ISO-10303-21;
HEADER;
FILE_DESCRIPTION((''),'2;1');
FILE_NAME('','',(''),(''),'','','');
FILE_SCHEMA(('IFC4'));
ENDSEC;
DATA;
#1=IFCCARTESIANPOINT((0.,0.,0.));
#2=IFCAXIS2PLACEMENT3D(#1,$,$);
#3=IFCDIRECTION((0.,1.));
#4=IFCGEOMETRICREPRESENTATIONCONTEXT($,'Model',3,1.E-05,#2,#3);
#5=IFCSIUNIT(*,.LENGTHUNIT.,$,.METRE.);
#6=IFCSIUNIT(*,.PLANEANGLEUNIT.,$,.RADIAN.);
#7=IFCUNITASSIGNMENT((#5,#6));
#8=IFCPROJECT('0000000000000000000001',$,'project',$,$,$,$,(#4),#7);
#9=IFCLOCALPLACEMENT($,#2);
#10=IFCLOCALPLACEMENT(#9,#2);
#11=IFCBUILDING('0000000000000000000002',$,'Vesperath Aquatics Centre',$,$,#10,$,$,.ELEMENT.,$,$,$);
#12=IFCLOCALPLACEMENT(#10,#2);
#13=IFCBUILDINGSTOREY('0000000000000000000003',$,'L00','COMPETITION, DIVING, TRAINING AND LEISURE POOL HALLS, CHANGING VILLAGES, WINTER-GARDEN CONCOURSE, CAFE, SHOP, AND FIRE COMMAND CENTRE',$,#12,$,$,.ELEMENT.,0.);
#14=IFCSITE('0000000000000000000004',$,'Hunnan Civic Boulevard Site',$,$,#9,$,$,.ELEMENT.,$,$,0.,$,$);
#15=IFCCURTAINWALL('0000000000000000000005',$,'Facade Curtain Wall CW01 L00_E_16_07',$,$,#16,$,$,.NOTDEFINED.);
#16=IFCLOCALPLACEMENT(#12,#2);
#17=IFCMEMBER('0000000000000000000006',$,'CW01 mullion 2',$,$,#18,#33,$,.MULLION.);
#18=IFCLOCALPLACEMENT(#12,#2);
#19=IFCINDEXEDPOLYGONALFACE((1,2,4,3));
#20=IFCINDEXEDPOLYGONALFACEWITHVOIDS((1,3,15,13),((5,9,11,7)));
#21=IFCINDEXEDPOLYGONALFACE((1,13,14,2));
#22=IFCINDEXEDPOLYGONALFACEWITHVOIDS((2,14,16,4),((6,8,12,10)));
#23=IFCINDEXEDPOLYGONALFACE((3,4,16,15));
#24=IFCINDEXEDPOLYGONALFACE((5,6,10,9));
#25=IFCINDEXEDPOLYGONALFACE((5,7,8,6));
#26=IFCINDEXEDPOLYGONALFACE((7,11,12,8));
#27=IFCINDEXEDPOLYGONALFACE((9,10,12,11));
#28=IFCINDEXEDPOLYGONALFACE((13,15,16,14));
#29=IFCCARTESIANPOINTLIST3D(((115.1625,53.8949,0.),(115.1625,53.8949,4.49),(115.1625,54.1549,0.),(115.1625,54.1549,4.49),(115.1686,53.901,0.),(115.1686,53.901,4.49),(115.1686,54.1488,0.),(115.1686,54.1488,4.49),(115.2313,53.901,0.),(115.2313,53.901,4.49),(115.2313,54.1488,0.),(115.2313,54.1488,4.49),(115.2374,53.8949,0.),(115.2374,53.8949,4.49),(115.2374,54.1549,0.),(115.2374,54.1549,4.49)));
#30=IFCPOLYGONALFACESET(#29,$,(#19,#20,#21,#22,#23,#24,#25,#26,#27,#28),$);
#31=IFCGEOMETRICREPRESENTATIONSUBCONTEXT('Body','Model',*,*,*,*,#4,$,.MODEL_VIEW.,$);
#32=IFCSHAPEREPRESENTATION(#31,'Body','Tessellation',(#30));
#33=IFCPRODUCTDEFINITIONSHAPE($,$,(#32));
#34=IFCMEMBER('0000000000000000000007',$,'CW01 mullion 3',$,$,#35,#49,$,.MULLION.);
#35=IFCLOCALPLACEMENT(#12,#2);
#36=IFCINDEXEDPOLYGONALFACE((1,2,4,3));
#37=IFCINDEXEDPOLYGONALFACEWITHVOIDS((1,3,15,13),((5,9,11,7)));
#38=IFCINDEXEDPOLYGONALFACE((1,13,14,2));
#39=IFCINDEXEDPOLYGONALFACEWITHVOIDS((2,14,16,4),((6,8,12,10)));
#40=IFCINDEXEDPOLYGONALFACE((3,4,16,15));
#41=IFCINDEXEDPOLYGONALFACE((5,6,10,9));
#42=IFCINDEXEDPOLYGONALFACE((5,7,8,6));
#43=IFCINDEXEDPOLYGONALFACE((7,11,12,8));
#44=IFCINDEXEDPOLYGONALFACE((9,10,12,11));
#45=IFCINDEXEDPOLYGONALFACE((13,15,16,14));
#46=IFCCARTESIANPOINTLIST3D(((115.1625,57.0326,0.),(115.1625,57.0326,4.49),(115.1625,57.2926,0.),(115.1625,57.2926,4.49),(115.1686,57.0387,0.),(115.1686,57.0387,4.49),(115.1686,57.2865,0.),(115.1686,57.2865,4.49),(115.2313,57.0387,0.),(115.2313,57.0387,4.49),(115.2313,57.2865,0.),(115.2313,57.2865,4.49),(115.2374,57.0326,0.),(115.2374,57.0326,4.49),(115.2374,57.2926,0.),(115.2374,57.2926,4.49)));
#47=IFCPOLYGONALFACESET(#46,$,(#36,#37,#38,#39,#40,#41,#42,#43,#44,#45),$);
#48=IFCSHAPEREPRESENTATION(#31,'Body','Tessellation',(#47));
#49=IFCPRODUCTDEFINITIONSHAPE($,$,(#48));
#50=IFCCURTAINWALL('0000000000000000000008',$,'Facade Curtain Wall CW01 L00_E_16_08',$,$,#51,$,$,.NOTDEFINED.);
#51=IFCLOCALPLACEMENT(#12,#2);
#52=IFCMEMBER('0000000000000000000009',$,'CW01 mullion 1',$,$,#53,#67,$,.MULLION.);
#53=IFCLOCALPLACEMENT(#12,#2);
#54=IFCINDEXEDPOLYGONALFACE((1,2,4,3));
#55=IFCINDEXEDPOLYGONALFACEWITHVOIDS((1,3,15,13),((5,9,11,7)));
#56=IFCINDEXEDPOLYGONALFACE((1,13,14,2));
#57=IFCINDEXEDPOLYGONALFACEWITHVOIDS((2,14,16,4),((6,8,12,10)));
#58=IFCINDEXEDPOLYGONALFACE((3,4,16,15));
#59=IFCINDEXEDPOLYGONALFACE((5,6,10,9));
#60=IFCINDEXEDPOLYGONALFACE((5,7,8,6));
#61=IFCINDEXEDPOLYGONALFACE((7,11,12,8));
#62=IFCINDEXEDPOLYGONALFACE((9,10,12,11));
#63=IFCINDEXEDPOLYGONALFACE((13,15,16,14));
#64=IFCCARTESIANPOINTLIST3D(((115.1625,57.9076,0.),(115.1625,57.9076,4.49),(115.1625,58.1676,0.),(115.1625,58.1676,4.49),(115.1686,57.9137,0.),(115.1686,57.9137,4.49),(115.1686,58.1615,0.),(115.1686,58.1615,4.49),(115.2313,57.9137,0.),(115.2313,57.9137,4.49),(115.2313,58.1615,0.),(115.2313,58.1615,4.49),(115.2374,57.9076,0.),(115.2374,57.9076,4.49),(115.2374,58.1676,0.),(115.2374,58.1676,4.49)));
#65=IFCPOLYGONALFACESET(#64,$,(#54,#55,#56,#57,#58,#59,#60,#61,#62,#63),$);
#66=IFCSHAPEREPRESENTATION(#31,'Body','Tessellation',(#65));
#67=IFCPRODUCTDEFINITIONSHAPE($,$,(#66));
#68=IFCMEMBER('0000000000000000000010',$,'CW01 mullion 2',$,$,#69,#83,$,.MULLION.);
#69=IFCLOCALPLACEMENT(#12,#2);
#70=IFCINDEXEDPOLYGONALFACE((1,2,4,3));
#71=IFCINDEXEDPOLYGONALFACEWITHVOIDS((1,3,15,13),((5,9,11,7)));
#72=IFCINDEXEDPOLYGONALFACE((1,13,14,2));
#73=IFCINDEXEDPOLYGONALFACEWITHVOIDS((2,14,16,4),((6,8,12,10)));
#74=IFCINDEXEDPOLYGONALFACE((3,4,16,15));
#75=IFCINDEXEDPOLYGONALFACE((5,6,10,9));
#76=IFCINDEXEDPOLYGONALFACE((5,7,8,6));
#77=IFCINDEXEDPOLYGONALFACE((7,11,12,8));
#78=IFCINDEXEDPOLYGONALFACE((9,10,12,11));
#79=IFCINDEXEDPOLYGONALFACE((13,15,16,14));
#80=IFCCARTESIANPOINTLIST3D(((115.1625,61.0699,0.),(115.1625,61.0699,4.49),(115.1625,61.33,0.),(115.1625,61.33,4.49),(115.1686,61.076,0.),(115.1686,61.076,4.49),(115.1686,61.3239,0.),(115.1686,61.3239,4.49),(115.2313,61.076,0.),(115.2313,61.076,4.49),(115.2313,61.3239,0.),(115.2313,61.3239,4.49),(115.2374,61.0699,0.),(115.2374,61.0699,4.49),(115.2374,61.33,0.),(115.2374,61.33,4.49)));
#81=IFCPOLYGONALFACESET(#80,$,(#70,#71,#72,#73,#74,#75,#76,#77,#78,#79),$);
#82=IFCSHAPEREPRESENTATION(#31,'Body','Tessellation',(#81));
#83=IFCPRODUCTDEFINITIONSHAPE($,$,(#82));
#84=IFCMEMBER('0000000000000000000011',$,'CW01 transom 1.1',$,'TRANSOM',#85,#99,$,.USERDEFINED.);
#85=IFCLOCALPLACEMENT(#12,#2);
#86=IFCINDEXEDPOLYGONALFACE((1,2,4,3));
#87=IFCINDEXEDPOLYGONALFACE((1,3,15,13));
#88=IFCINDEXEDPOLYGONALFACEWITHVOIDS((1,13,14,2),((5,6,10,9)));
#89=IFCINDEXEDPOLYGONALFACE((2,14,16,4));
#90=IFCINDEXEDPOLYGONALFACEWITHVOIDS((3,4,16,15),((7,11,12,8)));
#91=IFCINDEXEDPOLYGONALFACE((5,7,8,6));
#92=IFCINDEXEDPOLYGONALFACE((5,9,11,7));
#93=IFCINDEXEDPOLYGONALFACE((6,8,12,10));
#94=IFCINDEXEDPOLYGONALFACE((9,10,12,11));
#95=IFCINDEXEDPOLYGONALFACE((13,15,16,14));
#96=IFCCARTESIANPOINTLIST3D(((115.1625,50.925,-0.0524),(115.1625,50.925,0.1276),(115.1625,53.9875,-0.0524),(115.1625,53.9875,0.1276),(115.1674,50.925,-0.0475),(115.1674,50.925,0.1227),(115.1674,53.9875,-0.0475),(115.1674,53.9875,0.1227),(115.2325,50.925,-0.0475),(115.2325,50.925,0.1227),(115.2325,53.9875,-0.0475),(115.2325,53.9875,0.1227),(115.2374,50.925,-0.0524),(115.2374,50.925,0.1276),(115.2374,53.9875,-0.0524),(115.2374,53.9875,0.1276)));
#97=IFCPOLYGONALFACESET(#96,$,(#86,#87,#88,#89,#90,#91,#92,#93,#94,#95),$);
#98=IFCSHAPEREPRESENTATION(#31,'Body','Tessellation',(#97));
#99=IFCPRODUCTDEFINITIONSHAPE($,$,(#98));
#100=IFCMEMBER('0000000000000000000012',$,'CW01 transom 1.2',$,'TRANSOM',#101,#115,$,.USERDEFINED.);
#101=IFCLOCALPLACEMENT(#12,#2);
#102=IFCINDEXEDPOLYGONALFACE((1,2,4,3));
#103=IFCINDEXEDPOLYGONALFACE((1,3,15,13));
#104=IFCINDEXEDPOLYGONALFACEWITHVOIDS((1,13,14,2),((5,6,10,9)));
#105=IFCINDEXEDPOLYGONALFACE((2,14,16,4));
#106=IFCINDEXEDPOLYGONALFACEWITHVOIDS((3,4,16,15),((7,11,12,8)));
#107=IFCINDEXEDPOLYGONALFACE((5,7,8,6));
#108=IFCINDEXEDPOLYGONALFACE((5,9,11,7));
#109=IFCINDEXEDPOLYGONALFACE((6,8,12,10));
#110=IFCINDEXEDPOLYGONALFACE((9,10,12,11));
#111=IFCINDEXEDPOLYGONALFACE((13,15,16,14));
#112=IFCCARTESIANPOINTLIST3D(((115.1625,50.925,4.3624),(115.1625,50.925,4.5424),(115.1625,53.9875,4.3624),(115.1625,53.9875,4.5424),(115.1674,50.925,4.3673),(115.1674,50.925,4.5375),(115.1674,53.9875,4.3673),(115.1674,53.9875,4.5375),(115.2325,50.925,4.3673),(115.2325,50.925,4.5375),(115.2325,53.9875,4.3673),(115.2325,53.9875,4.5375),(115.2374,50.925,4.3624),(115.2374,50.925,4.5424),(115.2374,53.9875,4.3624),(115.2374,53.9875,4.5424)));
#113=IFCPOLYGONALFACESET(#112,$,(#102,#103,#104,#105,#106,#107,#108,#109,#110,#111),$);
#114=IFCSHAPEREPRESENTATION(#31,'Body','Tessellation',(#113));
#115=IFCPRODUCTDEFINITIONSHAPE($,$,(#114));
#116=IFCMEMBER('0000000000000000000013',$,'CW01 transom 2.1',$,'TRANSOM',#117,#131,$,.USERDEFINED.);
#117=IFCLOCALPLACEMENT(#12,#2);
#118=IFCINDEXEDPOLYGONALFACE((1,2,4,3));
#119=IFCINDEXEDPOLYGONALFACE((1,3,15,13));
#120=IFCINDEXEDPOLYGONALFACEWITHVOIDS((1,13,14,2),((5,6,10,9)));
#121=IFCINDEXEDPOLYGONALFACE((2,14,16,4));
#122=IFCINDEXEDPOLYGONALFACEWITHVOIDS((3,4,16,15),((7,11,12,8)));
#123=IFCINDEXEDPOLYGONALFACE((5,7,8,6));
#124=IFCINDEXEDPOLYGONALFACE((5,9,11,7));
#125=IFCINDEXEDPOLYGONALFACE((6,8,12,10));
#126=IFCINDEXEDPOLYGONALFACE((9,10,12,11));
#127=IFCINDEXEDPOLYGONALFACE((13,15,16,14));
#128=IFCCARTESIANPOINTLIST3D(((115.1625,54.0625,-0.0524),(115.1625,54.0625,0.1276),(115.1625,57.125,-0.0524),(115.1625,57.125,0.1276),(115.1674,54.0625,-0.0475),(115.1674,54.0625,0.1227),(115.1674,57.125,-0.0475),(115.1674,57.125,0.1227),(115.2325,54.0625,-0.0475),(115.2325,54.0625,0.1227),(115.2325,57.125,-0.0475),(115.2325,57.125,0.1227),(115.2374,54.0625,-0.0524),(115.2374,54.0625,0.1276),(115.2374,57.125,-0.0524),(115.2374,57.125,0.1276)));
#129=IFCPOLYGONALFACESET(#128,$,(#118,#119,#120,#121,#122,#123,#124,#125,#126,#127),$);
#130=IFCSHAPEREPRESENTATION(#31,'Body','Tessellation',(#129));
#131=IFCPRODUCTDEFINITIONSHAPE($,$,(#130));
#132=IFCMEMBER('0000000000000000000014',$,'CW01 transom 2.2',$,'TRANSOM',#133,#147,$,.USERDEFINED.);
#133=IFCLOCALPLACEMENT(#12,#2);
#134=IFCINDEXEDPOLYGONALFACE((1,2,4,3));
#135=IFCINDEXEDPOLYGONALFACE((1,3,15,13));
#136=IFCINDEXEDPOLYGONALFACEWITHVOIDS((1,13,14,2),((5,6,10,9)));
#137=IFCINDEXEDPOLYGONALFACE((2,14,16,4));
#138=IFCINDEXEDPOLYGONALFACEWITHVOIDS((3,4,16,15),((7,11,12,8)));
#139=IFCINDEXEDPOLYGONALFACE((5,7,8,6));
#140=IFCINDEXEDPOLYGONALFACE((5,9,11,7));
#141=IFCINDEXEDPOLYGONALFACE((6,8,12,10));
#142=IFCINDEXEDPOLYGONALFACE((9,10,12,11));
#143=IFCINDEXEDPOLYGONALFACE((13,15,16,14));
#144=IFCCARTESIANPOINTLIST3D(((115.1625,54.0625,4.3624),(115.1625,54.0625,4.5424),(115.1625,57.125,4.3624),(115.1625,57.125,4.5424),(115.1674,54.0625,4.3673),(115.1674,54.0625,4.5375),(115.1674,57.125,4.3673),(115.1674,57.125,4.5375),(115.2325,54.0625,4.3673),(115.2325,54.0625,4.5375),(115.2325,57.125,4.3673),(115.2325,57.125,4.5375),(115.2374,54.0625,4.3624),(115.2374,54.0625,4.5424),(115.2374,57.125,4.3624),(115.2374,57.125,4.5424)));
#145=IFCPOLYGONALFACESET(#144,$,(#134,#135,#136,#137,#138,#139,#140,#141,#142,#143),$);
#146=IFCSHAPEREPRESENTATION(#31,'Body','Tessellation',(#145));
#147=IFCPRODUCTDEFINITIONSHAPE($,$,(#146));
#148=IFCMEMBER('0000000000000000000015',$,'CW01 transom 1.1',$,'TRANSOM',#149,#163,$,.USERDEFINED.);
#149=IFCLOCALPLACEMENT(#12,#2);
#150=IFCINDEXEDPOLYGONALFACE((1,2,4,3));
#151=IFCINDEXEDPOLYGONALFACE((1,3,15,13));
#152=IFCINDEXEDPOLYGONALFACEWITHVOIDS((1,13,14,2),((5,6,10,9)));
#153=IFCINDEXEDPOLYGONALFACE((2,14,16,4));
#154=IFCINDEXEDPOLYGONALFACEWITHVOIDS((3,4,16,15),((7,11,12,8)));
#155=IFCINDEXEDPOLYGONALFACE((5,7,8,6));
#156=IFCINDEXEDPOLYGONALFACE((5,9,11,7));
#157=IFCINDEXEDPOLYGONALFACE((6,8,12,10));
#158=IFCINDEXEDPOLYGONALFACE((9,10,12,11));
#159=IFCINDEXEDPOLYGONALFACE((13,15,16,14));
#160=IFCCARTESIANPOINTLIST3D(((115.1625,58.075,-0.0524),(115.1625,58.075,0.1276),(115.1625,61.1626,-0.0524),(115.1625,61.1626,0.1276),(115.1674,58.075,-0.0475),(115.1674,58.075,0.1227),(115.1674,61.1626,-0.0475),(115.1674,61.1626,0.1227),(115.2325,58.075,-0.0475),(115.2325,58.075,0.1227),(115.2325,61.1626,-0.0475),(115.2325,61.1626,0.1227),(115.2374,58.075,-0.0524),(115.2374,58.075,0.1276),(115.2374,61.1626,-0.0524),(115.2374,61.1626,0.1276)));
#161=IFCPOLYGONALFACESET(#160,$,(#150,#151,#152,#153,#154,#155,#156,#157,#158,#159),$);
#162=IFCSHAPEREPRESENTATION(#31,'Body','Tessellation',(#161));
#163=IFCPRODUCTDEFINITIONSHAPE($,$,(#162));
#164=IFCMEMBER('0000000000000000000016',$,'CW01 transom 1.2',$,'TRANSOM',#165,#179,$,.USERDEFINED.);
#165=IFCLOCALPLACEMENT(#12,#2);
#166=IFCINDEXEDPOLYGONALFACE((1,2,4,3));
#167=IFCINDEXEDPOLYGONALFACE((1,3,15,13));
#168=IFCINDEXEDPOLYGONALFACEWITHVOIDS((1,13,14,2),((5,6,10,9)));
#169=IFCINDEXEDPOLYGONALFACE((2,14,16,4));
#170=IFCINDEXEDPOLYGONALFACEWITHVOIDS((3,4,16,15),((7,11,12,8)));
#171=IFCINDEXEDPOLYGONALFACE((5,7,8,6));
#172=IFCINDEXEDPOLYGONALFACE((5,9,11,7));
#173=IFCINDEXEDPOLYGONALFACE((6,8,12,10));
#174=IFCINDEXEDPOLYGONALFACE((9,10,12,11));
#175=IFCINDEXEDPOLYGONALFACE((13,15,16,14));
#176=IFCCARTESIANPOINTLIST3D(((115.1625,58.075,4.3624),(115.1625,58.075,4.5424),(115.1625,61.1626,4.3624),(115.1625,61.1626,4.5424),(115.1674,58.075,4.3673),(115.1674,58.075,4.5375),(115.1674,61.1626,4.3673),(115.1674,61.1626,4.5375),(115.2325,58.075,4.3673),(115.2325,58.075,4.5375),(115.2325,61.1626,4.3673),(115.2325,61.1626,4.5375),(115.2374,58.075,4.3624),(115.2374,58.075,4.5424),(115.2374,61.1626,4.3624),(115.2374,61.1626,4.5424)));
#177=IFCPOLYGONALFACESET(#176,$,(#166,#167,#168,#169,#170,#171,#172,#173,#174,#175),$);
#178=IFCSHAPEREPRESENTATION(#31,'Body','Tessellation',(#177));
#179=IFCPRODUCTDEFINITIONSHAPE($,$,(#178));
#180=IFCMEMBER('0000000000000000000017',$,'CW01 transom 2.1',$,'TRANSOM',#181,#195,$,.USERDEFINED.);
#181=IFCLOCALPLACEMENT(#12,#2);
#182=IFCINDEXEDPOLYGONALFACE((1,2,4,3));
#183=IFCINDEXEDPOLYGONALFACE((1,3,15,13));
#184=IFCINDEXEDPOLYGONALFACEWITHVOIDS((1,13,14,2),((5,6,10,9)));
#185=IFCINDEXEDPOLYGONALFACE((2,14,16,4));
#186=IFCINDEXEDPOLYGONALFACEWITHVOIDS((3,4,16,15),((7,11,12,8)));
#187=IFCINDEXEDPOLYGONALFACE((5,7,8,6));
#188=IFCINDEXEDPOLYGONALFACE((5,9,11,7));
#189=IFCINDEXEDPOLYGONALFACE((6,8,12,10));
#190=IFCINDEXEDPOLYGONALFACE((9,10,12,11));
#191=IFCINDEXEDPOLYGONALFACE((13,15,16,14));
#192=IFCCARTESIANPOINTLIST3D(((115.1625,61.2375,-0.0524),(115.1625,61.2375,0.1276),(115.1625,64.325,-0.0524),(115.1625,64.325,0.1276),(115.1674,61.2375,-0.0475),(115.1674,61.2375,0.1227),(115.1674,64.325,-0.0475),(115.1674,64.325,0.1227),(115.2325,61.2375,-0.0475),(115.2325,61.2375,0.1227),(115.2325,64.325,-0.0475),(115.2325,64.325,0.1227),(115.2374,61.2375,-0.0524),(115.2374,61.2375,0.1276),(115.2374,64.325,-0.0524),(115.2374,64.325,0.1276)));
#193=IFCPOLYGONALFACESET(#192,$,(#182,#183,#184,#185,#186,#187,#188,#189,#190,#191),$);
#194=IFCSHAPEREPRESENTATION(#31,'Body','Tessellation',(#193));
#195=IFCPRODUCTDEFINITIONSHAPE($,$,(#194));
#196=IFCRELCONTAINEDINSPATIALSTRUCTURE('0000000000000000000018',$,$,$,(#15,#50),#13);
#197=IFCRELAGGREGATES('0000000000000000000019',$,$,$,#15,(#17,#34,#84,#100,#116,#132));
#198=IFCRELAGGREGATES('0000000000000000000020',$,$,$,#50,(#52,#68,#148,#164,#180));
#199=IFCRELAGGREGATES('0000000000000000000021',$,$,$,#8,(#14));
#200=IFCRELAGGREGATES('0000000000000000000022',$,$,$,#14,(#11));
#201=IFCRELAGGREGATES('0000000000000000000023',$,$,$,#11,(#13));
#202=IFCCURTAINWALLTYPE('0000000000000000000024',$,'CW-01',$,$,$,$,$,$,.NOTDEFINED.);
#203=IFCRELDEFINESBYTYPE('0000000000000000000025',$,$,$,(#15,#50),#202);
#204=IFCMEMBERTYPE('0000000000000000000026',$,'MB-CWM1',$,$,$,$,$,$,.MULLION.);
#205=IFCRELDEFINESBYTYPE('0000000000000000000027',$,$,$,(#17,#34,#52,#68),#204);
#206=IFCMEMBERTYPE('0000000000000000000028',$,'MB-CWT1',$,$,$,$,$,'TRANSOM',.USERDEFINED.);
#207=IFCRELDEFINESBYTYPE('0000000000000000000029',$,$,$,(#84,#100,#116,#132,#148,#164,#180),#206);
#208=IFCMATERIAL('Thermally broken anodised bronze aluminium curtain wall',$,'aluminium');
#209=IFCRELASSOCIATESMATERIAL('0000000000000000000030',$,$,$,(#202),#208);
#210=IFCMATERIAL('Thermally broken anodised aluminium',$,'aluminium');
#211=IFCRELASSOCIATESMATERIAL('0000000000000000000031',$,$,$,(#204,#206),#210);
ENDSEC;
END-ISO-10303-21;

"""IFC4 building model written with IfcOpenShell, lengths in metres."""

from ifc_helpers import new_model, si_unit, direction, frame, origin, origin_2d, place, context, subcontext, project, spatial, hollow_rectangle, extrude, material, material_profile, profile_set, type_object, element, aggregate, save


model = new_model("IFC4")

# Units and contexts
model_context = context("Model", 3, precision=1e-05, world=origin(), true_north=direction((0.0, 1.0)))
body_context = subcontext(model_context, "Body", "Model", "MODEL_VIEW")
ifc_project = project(units=[si_unit("LENGTHUNIT", "METRE"), si_unit("PLANEANGLEUNIT", "RADIAN")], contexts=[model_context])

# Site, building, storey
site_placement = place(None, origin())
site = spatial("IfcSite", under=ifc_project, at=site_placement, Name="Hunnan Civic Boulevard Site", CompositionType="ELEMENT", RefElevation=0.0)
building_placement = place(site_placement, origin())
building = spatial("IfcBuilding", under=site, at=building_placement, Name="Vesperath Aquatics Centre", CompositionType="ELEMENT")
storey_placement = place(building_placement, origin())
storey = spatial("IfcBuildingStorey", under=building, at=storey_placement, Name="L00", Description="COMPETITION, DIVING, TRAINING AND LEISURE POOL HALLS, CHANGING VILLAGES, WINTER-GARDEN CONCOURSE, CAFE, SHOP, AND FIRE COMMAND CENTRE", CompositionType="ELEMENT", Elevation=0.0)

# Curtain walls, members
ifc_material_1 = material(Name="Thermally broken anodised bronze aluminium curtain wall", Category="aluminium")
curtain_wall_type = type_object("IfcCurtainWallType", Name="CW-01", PredefinedType="NOTDEFINED", material=ifc_material_1)
curtain_wall_1_placement = place(storey_placement, origin())
curtain_wall_1 = element("IfcCurtainWall", 1, at=curtain_wall_1_placement, inside=storey, type_object=curtain_wall_type, Name="Facade Curtain Wall CW01 L00_E_16_07", PredefinedType="NOTDEFINED")
ifc_material_2 = material(Name="Thermally broken anodised aluminium", Category="aluminium")
ifc_material_profile_1 = material_profile(ifc_material_2, hollow_rectangle(XDim=0.075, YDim=0.26, WallThickness=0.0061, at=origin_2d()), Name="CWM 75x260x6")
ifc_profile_set_1 = profile_set([ifc_material_profile_1], Name="Thermally broken anodised aluminium")
member_type_1 = type_object("IfcMemberType", Name="MB-CWM1", PredefinedType="MULLION", material=ifc_profile_set_1)
member_1_placement = place(storey_placement, frame((115.2, 54.0249, 0.0), z_axis=(0.0, 0.0, 1.0), x_axis=(-1.0, 0.0, 0.0)))
member_1 = element("IfcMember", 2, at=member_1_placement, type_object=member_type_1, Name="CW01 mullion 2", PredefinedType="MULLION", context=body_context, shape_type="SweptSolid", body=[
    extrude(hollow_rectangle(XDim=0.075, YDim=0.26, WallThickness=0.0061, at=origin_2d()), origin(), (0.0, 0.0, 1.0), 4.49),
])
member_2_placement = place(storey_placement, frame((115.2, 57.1626, 0.0), z_axis=(0.0, 0.0, 1.0), x_axis=(-1.0, 0.0, 0.0)))
member_2 = element("IfcMember", 3, at=member_2_placement, type_object=member_type_1, Name="CW01 mullion 3", PredefinedType="MULLION", context=body_context, shape_type="SweptSolid", body=[
    extrude(hollow_rectangle(XDim=0.075, YDim=0.26, WallThickness=0.0061, at=origin_2d()), origin(), (0.0, 0.0, 1.0), 4.49),
])
curtain_wall_2_placement = place(storey_placement, origin())
curtain_wall_2 = element("IfcCurtainWall", 4, at=curtain_wall_2_placement, inside=storey, type_object=curtain_wall_type, Name="Facade Curtain Wall CW01 L00_E_16_08", PredefinedType="NOTDEFINED")
member_3_placement = place(storey_placement, frame((115.2, 58.0376, 0.0), z_axis=(0.0, 0.0, 1.0), x_axis=(-1.0, 0.0, 0.0)))
member_3 = element("IfcMember", 5, at=member_3_placement, type_object=member_type_1, Name="CW01 mullion 1", PredefinedType="MULLION", context=body_context, shape_type="SweptSolid", body=[
    extrude(hollow_rectangle(XDim=0.075, YDim=0.26, WallThickness=0.0061, at=origin_2d()), origin(), (0.0, 0.0, 1.0), 4.49),
])
member_4_placement = place(storey_placement, frame((115.2, 61.2, 0.0), z_axis=(0.0, 0.0, 1.0), x_axis=(-1.0, 0.0, 0.0)))
member_4 = element("IfcMember", 6, at=member_4_placement, type_object=member_type_1, Name="CW01 mullion 2", PredefinedType="MULLION", context=body_context, shape_type="SweptSolid", body=[
    extrude(hollow_rectangle(XDim=0.075, YDim=0.26, WallThickness=0.0061, at=origin_2d()), origin(), (0.0, 0.0, 1.0), 4.49),
])

# Members
ifc_material_profile_2 = material_profile(ifc_material_2, hollow_rectangle(XDim=0.075, YDim=0.1799, WallThickness=0.0049, at=origin_2d()), Name="CWT 75x180x5")
ifc_profile_set_2 = profile_set([ifc_material_profile_2], Name="Thermally broken anodised aluminium")
member_type_2 = type_object("IfcMemberType", Name="MB-CWT1", ElementType="TRANSOM", PredefinedType="USERDEFINED", material=ifc_profile_set_2)
member_5_placement = place(storey_placement, frame((115.2, 50.925, 0.0376), z_axis=(0.0, 1.0, 0.0), x_axis=(-1.0, 0.0, 0.0)))
member_5 = element("IfcMember", 7, at=member_5_placement, type_object=member_type_2, Name="CW01 transom 1.1", ObjectType="TRANSOM", PredefinedType="USERDEFINED", context=body_context, shape_type="SweptSolid", body=[
    extrude(hollow_rectangle(XDim=0.075, YDim=0.1799, WallThickness=0.0049, at=origin_2d()), origin(), (0.0, 0.0, 1.0), 3.0625),
])
member_6_placement = place(storey_placement, frame((115.2, 50.925, 4.4524), z_axis=(0.0, 1.0, 0.0), x_axis=(-1.0, 0.0, 0.0)))
member_6 = element("IfcMember", 8, at=member_6_placement, type_object=member_type_2, Name="CW01 transom 1.2", ObjectType="TRANSOM", PredefinedType="USERDEFINED", context=body_context, shape_type="SweptSolid", body=[
    extrude(hollow_rectangle(XDim=0.075, YDim=0.1799, WallThickness=0.0049, at=origin_2d()), origin(), (0.0, 0.0, 1.0), 3.0625),
])
member_7_placement = place(storey_placement, frame((115.2, 54.0625, 0.0376), z_axis=(0.0, 1.0, 0.0), x_axis=(-1.0, 0.0, 0.0)))
member_7 = element("IfcMember", 9, at=member_7_placement, type_object=member_type_2, Name="CW01 transom 2.1", ObjectType="TRANSOM", PredefinedType="USERDEFINED", context=body_context, shape_type="SweptSolid", body=[
    extrude(hollow_rectangle(XDim=0.075, YDim=0.1799, WallThickness=0.0049, at=origin_2d()), origin(), (0.0, 0.0, 1.0), 3.0625),
])
member_8_placement = place(storey_placement, frame((115.2, 54.0625, 4.4524), z_axis=(0.0, 1.0, 0.0), x_axis=(-1.0, 0.0, 0.0)))
member_8 = element("IfcMember", 10, at=member_8_placement, type_object=member_type_2, Name="CW01 transom 2.2", ObjectType="TRANSOM", PredefinedType="USERDEFINED", context=body_context, shape_type="SweptSolid", body=[
    extrude(hollow_rectangle(XDim=0.075, YDim=0.1799, WallThickness=0.0049, at=origin_2d()), origin(), (0.0, 0.0, 1.0), 3.0625),
])
member_9_placement = place(storey_placement, frame((115.2, 58.075, 0.0376), z_axis=(0.0, 1.0, 0.0), x_axis=(-1.0, 0.0, 0.0)))
member_9 = element("IfcMember", 11, at=member_9_placement, type_object=member_type_2, Name="CW01 transom 1.1", ObjectType="TRANSOM", PredefinedType="USERDEFINED", context=body_context, shape_type="SweptSolid", body=[
    extrude(hollow_rectangle(XDim=0.075, YDim=0.1799, WallThickness=0.0049, at=origin_2d()), origin(), (0.0, 0.0, 1.0), 3.0876),
])
member_10_placement = place(storey_placement, frame((115.2, 58.075, 4.4524), z_axis=(0.0, 1.0, 0.0), x_axis=(-1.0, 0.0, 0.0)))
member_10 = element("IfcMember", 12, at=member_10_placement, type_object=member_type_2, Name="CW01 transom 1.2", ObjectType="TRANSOM", PredefinedType="USERDEFINED", context=body_context, shape_type="SweptSolid", body=[
    extrude(hollow_rectangle(XDim=0.075, YDim=0.1799, WallThickness=0.0049, at=origin_2d()), origin(), (0.0, 0.0, 1.0), 3.0876),
])
member_11_placement = place(storey_placement, frame((115.2, 61.2375, 0.0376), z_axis=(0.0, 1.0, 0.0), x_axis=(-1.0, 0.0, 0.0)))
member_11 = element("IfcMember", 13, at=member_11_placement, type_object=member_type_2, Name="CW01 transom 2.1", ObjectType="TRANSOM", PredefinedType="USERDEFINED", context=body_context, shape_type="SweptSolid", body=[
    extrude(hollow_rectangle(XDim=0.075, YDim=0.1799, WallThickness=0.0049, at=origin_2d()), origin(), (0.0, 0.0, 1.0), 3.0874),
])

aggregate(curtain_wall_1, [member_1, member_2, member_5, member_6, member_7, member_8])
aggregate(curtain_wall_2, [member_3, member_4, member_9, member_10, member_11])

save(model, "model.ifc")
